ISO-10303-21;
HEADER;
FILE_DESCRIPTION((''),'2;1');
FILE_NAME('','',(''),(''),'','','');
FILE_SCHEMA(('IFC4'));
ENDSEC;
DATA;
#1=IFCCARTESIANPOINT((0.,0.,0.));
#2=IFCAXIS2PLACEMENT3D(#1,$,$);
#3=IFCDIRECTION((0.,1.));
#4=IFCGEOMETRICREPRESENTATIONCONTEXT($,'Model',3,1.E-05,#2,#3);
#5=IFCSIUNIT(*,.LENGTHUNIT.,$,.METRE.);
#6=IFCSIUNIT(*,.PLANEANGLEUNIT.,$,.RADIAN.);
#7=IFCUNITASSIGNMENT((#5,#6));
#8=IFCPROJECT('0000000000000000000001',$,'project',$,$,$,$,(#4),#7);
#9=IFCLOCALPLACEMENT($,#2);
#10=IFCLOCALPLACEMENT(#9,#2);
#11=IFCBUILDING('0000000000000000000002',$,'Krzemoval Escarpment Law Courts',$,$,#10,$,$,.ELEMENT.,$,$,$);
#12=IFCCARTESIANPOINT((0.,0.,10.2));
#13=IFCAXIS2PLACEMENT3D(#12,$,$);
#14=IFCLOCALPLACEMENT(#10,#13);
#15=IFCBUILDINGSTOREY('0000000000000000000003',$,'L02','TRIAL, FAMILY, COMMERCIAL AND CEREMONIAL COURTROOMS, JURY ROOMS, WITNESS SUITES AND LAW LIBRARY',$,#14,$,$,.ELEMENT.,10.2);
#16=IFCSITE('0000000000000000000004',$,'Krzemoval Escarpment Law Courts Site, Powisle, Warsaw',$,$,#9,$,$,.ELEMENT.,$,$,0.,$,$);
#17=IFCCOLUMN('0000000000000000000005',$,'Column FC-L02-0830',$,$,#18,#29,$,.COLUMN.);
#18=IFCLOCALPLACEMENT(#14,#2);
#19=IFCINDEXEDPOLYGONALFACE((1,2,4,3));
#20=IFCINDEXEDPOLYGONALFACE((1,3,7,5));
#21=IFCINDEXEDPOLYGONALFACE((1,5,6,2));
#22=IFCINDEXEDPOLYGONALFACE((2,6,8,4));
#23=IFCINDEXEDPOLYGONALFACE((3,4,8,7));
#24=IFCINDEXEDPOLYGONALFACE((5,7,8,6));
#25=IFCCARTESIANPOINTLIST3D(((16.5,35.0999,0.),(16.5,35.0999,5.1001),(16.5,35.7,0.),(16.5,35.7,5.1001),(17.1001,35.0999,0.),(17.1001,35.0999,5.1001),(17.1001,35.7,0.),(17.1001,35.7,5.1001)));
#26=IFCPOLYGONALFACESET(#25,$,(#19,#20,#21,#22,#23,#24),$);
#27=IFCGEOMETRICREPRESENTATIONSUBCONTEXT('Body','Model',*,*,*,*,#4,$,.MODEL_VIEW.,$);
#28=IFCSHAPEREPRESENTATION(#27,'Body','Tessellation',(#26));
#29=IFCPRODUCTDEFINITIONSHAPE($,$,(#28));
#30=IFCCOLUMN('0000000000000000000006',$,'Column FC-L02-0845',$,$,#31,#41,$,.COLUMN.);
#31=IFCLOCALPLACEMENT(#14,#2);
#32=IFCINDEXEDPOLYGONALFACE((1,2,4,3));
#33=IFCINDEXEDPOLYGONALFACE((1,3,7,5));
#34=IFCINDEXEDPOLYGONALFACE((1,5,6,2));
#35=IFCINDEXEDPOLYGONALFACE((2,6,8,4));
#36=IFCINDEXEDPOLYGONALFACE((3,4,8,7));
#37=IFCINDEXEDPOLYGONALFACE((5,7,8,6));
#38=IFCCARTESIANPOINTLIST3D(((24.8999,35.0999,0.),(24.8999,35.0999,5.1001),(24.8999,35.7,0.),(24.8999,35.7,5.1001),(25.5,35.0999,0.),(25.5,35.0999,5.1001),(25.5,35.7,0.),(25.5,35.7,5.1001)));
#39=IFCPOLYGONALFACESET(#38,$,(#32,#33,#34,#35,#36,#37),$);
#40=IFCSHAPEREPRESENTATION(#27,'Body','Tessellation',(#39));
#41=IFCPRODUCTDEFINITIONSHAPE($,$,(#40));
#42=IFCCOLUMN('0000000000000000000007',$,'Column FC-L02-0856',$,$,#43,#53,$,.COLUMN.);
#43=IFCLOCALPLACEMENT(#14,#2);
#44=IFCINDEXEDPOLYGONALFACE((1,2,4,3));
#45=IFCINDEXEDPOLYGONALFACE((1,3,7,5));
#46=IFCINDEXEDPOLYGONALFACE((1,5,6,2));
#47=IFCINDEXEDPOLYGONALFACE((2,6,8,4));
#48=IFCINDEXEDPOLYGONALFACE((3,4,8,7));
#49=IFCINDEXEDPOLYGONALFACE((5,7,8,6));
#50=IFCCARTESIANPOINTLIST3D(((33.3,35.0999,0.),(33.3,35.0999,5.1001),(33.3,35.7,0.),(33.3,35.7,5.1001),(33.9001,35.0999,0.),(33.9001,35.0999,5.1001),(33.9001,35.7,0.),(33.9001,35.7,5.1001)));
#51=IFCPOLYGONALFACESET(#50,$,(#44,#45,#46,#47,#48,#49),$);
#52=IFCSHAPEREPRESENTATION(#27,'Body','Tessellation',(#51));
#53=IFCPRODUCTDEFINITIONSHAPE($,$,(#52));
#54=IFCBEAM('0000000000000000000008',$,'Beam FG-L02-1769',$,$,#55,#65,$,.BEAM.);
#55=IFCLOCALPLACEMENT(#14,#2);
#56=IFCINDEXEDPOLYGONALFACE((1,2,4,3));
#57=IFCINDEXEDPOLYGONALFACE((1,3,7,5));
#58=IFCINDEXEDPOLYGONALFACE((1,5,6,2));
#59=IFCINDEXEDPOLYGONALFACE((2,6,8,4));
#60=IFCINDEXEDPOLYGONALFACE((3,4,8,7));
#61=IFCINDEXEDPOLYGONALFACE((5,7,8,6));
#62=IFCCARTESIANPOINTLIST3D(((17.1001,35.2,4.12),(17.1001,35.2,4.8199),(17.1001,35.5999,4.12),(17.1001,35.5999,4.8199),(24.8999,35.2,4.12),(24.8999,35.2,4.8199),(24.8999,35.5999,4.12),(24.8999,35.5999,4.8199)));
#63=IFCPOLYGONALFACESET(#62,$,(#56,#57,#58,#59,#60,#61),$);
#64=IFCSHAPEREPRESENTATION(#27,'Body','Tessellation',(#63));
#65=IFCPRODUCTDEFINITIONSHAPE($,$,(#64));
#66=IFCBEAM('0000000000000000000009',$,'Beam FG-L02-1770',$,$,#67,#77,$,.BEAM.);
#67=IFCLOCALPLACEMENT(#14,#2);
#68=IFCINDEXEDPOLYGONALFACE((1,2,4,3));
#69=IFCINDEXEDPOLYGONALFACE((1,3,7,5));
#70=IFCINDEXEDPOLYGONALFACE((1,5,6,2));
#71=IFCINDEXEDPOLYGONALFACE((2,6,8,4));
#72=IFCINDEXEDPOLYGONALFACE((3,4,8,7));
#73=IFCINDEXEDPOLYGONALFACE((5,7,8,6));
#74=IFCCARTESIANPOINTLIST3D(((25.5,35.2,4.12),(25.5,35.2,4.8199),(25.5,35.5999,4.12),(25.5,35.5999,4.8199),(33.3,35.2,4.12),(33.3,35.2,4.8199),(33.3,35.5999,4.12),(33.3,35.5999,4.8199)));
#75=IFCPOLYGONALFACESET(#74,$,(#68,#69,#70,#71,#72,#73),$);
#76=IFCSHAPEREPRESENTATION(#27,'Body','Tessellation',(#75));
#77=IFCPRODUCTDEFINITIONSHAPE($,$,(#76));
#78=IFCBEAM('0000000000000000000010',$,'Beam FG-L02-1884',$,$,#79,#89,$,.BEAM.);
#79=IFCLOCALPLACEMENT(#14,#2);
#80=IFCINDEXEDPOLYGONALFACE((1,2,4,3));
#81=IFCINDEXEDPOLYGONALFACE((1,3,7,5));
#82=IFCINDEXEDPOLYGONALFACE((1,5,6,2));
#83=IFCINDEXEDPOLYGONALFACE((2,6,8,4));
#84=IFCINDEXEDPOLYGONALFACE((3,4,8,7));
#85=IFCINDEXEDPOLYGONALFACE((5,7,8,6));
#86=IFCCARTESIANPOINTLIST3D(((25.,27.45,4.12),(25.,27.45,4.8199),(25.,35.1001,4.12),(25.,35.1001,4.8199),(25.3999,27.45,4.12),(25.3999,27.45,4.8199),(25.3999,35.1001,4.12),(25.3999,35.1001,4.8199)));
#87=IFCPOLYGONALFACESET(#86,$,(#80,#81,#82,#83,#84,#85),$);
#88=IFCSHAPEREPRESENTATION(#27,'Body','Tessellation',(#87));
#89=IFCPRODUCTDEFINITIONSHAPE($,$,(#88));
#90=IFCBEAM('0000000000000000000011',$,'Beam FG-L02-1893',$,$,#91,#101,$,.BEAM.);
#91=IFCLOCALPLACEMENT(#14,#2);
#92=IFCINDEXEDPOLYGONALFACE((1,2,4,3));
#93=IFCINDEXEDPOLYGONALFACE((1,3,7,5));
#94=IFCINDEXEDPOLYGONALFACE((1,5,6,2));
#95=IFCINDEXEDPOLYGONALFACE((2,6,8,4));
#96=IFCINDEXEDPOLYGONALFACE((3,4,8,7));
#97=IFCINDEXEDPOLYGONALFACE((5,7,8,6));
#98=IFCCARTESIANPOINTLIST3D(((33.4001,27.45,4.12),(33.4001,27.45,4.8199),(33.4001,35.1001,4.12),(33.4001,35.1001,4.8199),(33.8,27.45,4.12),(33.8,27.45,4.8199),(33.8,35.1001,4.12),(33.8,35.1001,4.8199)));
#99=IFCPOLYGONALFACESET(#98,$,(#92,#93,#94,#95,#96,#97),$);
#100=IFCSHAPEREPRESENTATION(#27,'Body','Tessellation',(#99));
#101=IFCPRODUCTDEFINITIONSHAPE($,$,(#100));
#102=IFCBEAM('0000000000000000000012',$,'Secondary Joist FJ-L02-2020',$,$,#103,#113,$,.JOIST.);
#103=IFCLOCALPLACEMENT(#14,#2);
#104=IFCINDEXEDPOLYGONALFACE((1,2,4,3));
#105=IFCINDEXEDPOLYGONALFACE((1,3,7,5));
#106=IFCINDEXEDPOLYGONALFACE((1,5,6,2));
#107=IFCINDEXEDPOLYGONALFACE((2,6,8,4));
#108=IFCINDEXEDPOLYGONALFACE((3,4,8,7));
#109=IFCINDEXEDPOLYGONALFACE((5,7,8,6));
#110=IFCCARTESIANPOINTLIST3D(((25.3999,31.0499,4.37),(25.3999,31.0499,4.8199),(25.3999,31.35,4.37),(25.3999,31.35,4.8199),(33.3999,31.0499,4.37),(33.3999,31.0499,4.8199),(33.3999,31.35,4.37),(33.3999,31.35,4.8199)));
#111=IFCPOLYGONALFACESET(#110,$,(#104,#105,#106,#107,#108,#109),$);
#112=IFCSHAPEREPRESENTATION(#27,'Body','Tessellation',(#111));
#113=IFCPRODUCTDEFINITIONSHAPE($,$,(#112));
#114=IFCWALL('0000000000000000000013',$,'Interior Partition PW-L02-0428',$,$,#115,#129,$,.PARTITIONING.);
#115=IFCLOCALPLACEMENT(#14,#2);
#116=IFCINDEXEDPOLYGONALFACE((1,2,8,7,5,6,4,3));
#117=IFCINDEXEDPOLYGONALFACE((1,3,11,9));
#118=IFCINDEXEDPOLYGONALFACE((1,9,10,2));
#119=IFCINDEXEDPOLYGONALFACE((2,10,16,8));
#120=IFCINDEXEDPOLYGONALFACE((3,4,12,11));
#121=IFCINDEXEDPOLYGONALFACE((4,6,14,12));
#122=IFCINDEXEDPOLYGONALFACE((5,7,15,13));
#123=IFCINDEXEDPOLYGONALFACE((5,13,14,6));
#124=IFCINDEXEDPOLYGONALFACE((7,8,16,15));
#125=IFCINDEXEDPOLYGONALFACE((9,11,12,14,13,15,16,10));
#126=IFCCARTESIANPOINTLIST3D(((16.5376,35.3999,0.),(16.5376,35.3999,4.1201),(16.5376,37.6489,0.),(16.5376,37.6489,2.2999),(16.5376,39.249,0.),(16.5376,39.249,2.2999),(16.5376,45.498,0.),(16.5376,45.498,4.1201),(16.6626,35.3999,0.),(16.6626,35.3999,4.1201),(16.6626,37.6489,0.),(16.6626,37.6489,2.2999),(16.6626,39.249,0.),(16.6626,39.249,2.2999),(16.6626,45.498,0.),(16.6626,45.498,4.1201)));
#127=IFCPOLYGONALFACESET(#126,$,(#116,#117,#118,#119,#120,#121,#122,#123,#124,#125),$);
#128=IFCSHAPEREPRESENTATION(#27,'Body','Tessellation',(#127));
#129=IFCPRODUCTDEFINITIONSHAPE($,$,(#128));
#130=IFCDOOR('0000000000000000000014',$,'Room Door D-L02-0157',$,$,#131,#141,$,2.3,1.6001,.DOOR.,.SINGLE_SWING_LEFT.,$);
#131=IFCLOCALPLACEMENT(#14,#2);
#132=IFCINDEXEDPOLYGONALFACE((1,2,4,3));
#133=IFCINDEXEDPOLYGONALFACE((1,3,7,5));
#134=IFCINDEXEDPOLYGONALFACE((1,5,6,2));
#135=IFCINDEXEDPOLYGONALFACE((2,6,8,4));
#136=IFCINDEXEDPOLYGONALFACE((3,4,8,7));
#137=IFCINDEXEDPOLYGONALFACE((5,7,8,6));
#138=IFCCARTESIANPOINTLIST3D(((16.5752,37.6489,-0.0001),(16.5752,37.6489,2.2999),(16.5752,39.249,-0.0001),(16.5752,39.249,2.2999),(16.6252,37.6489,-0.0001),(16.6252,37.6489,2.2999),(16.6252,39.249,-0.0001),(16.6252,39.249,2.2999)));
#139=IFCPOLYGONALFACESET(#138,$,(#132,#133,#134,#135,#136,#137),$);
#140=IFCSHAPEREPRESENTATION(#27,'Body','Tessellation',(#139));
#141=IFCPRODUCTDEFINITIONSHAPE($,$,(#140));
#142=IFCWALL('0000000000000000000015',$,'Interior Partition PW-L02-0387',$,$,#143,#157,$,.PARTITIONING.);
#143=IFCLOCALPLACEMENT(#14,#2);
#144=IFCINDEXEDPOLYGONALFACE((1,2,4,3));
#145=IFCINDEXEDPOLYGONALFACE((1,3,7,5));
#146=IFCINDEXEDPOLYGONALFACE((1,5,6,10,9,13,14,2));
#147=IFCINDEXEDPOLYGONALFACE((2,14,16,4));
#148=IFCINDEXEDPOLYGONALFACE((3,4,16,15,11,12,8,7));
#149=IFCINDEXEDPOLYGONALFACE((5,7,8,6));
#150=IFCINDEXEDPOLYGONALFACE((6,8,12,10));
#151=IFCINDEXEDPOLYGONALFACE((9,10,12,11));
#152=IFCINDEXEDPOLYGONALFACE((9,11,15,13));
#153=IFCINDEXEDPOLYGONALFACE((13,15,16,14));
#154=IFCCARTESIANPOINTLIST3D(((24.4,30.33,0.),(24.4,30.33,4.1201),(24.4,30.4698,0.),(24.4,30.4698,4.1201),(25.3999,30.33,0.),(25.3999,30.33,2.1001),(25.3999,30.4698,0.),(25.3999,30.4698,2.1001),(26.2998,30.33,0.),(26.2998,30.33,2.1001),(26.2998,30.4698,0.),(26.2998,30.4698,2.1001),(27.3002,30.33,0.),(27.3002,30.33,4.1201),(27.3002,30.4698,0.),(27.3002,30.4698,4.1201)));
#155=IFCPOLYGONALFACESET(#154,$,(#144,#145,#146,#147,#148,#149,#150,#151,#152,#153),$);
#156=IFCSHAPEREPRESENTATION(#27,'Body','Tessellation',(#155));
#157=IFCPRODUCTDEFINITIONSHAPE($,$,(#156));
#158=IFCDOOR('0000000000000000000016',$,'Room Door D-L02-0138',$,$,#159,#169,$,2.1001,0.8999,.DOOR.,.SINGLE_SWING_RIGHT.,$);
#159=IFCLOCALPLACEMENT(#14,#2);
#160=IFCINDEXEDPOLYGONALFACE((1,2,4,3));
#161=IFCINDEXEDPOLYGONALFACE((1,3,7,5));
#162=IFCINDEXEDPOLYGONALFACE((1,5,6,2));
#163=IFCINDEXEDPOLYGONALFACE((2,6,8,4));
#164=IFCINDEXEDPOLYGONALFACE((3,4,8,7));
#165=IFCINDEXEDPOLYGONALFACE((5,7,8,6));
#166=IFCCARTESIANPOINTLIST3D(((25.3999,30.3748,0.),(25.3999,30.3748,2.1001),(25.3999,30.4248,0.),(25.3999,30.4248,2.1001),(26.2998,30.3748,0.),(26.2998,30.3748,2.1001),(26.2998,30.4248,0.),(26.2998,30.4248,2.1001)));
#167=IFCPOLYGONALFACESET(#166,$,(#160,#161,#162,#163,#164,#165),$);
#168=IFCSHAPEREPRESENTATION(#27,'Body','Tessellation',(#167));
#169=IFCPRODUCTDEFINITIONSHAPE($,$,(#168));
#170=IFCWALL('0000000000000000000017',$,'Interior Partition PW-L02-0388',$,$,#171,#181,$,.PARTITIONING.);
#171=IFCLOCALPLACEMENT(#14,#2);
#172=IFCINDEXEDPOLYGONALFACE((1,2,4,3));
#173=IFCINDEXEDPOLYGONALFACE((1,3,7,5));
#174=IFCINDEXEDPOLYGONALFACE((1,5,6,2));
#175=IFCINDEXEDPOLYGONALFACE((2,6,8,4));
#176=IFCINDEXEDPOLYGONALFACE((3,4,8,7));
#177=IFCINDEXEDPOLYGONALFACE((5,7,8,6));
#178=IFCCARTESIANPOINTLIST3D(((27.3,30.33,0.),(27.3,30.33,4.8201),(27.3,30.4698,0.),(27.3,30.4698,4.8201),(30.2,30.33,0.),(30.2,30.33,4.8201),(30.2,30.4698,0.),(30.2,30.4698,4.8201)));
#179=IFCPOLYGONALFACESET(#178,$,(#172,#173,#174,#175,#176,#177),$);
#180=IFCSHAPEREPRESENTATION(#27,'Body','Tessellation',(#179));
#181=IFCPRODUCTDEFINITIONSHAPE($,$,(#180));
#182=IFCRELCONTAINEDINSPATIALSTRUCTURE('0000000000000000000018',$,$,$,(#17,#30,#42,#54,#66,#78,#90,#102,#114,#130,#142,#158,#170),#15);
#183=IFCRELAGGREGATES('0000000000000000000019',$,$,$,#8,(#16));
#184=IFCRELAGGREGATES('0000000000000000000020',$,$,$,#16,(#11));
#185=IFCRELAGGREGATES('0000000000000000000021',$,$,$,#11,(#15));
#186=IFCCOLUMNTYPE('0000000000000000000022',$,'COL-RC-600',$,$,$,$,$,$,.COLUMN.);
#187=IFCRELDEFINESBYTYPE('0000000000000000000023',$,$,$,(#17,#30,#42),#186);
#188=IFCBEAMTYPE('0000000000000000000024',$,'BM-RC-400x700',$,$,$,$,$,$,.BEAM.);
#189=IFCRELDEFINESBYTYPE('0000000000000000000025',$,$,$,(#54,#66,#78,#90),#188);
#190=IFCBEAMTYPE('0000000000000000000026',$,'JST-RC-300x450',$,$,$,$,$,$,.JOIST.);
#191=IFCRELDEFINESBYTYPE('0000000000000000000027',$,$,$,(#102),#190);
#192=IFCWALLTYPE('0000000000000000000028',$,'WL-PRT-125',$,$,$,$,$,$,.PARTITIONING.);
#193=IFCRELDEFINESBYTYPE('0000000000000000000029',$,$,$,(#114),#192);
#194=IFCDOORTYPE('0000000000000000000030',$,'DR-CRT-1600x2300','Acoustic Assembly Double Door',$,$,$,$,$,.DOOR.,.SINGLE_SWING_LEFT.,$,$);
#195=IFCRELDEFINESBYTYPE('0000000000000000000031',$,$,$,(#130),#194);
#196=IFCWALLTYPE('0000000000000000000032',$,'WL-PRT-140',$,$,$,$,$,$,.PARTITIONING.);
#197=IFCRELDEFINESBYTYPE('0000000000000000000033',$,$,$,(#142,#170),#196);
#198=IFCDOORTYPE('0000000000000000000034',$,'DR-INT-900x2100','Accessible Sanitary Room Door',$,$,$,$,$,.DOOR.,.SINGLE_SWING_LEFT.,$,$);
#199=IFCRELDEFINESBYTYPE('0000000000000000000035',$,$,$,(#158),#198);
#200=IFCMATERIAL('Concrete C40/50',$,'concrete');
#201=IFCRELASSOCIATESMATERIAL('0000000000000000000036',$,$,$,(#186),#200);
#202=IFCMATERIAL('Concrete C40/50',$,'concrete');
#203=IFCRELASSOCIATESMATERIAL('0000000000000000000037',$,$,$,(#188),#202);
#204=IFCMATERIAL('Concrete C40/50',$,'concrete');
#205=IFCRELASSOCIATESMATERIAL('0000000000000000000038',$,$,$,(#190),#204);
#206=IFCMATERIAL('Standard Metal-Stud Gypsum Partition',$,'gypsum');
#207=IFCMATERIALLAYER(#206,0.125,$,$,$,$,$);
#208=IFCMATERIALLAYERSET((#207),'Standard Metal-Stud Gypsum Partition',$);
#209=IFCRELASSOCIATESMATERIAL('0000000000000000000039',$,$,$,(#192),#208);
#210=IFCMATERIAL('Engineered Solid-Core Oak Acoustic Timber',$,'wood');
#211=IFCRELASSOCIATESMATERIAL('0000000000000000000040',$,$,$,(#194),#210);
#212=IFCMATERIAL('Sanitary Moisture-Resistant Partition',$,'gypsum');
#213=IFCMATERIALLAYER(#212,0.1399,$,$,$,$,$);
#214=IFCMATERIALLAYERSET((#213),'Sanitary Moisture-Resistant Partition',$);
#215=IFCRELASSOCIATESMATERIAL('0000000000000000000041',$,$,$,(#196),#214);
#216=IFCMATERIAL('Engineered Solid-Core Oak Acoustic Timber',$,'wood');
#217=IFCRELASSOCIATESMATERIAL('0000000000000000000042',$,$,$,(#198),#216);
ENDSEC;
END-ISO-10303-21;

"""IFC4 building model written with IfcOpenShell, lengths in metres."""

from ifc_helpers import new_model, si_unit, direction, frame, frame_2d, origin, origin_2d, place, context, subcontext, project, spatial, rectangle, extrude, material, layer, layer_set, material_profile, profile_set, type_object, element, fill, save


model = new_model("IFC4")

# Units and contexts
model_context = context("Model", 3, precision=1e-05, world=origin(), true_north=direction((0.0, 1.0)))
body_context = subcontext(model_context, "Body", "Model", "MODEL_VIEW")
ifc_project = project(units=[si_unit("LENGTHUNIT", "METRE"), si_unit("PLANEANGLEUNIT", "RADIAN")], contexts=[model_context])

# Site, building, storey
site_placement = place(None, origin())
site = spatial("IfcSite", under=ifc_project, at=site_placement, Name="Krzemoval Escarpment Law Courts Site, Powisle, Warsaw", CompositionType="ELEMENT", RefElevation=0.0)
building_placement = place(site_placement, origin())
building = spatial("IfcBuilding", under=site, at=building_placement, Name="Krzemoval Escarpment Law Courts", CompositionType="ELEMENT")
storey_placement = place(building_placement, frame((0.0, 0.0, 10.2)))
storey = spatial("IfcBuildingStorey", under=building, at=storey_placement, Name="L02", Description="TRIAL, FAMILY, COMMERCIAL AND CEREMONIAL COURTROOMS, JURY ROOMS, WITNESS SUITES AND LAW LIBRARY", CompositionType="ELEMENT", Elevation=10.2)

# Columns
ifc_material_1 = material(Name="Concrete C40/50", Category="concrete")
ifc_material_profile_1 = material_profile(ifc_material_1, rectangle(XDim=0.6001, YDim=0.6001, at=origin_2d()), Name="RC 600x600")
ifc_profile_set_1 = profile_set([ifc_material_profile_1], Name="Concrete C40/50")
column_type = type_object("IfcColumnType", Name="COL-RC-600", PredefinedType="COLUMN", material=ifc_profile_set_1)
for number, where, z_axis, x_axis, name in (
    (1, (16.8, 35.3999, 0.0), (0.0, 0.0, 1.0), (1.0, 0.0, 0.0), "Column FC-L02-0830"),
    (2, (25.2, 35.3999, 0.0), (0.0, 0.0, 1.0), (1.0, 0.0, 0.0), "Column FC-L02-0845"),
    (3, (33.6001, 35.3999, 0.0), (0.0, 0.0, 1.0), (1.0, 0.0, 0.0), "Column FC-L02-0856"),
):
    element("IfcColumn", number, at=place(storey_placement, frame(where, z_axis=z_axis, x_axis=x_axis)), inside=storey, type_object=column_type, Name=name, PredefinedType="COLUMN", context=body_context, shape_type="SweptSolid", body=[
        extrude(rectangle(XDim=0.6001, YDim=0.6001, at=origin_2d()), origin(), (0.0, 0.0, 1.0), 5.1001),
    ])

# Beams
ifc_material_2 = material(Name="Concrete C40/50", Category="concrete")
ifc_material_profile_2 = material_profile(ifc_material_2, rectangle(XDim=0.3999, YDim=0.7, at=origin_2d()), Name="RCB 400x700")
ifc_profile_set_2 = profile_set([ifc_material_profile_2], Name="Concrete C40/50")
beam_type_1 = type_object("IfcBeamType", Name="BM-RC-400x700", PredefinedType="BEAM", material=ifc_profile_set_2)
beam_1_placement = place(storey_placement, frame((17.1001, 35.3999, 4.47), z_axis=(1.0, 0.0, 0.0), x_axis=(0.0, 1.0, 0.0)))
element("IfcBeam", 4, at=beam_1_placement, inside=storey, type_object=beam_type_1, Name="Beam FG-L02-1769", PredefinedType="BEAM", context=body_context, shape_type="SweptSolid", body=[
    extrude(rectangle(XDim=0.3999, YDim=0.7, at=origin_2d()), origin(), (0.0, 0.0, 1.0), 7.7998),
])
beam_2_placement = place(storey_placement, frame((25.5, 35.3999, 4.47), z_axis=(1.0, 0.0, 0.0), x_axis=(0.0, 1.0, 0.0)))
element("IfcBeam", 5, at=beam_2_placement, inside=storey, type_object=beam_type_1, Name="Beam FG-L02-1770", PredefinedType="BEAM", context=body_context, shape_type="SweptSolid", body=[
    extrude(rectangle(XDim=0.3999, YDim=0.7, at=origin_2d()), origin(), (0.0, 0.0, 1.0), 7.8),
])
for number, where, z_axis, x_axis, name in (
    (6, (25.2, 27.45, 4.47), (0.0, 1.0, 0.0), (-1.0, 0.0, 0.0), "Beam FG-L02-1884"),
    (7, (33.6001, 27.45, 4.47), (0.0, 1.0, 0.0), (-1.0, 0.0, 0.0), "Beam FG-L02-1893"),
):
    element("IfcBeam", number, at=place(storey_placement, frame(where, z_axis=z_axis, x_axis=x_axis)), inside=storey, type_object=beam_type_1, Name=name, PredefinedType="BEAM", context=body_context, shape_type="SweptSolid", body=[
        extrude(rectangle(XDim=0.3999, YDim=0.7, at=origin_2d()), origin(), (0.0, 0.0, 1.0), 7.6501),
    ])
ifc_material_3 = material(Name="Concrete C40/50", Category="concrete")
ifc_material_profile_3 = material_profile(ifc_material_3, rectangle(XDim=0.3, YDim=0.45, at=origin_2d()), Name="RCB 300x450")
ifc_profile_set_3 = profile_set([ifc_material_profile_3], Name="Concrete C40/50")
beam_type_2 = type_object("IfcBeamType", Name="JST-RC-300x450", PredefinedType="JOIST", material=ifc_profile_set_3)
beam_3_placement = place(storey_placement, frame((25.3999, 31.2, 4.595), z_axis=(1.0, 0.0, 0.0), x_axis=(0.0, 1.0, 0.0)))
element("IfcBeam", 8, at=beam_3_placement, inside=storey, type_object=beam_type_2, Name="Secondary Joist FJ-L02-2020", PredefinedType="JOIST", context=body_context, shape_type="SweptSolid", body=[
    extrude(rectangle(XDim=0.3, YDim=0.45, at=origin_2d()), origin(), (0.0, 0.0, 1.0), 8.0),
])

# Walls, openings, doors
ifc_material_4 = material(Name="Standard Metal-Stud Gypsum Partition", Category="gypsum")
ifc_layer_1 = layer(ifc_material_4, 0.125)
ifc_layer_set_1 = layer_set([ifc_layer_1], Name="Standard Metal-Stud Gypsum Partition")
wall_type_1 = type_object("IfcWallType", Name="WL-PRT-125", PredefinedType="PARTITIONING", material=ifc_layer_set_1)
wall_1_placement = place(storey_placement, frame((16.6001, 35.3999, 0.0), z_axis=(0.0, 0.0, 1.0), x_axis=(0.0, 1.0, 0.0)))
wall_1 = element("IfcWall", 9, at=wall_1_placement, inside=storey, type_object=wall_type_1, Name="Interior Partition PW-L02-0428", PredefinedType="PARTITIONING", context=body_context, shape_type="SweptSolid", body=[
    extrude(rectangle(XDim=10.0981, YDim=0.125, at=frame_2d((5.0491, 0.0))), origin(), (0.0, 0.0, 1.0), 4.1201),
])
opening_1_placement = place(wall_1_placement, frame((2.249, 0.0, 0.0)))
opening_1 = element("IfcOpeningElement", 10, at=opening_1_placement, cuts=wall_1, PredefinedType="OPENING", context=body_context, shape_type="SweptSolid", body=[
    extrude(rectangle(XDim=1.6001, YDim=2.3, at=frame_2d((0.8, 1.1499))), frame((0.0, 0.0775, 0.0), z_axis=(0.0, -1.0, 0.0), x_axis=(1.0, 0.0, 0.0)), (0.0, 0.0, 1.0), 0.155),
])
ifc_material_5 = material(Name="Engineered Solid-Core Oak Acoustic Timber", Category="wood")
door_type_1 = type_object("IfcDoorType", Name="DR-CRT-1600x2300", Description="Acoustic Assembly Double Door", OperationType="SINGLE_SWING_LEFT", PredefinedType="DOOR", material=ifc_material_5)
door_1_placement = place(opening_1_placement, origin())
door_1 = element("IfcDoor", 11, at=door_1_placement, inside=storey, type_object=door_type_1, Name="Room Door D-L02-0157", OperationType="SINGLE_SWING_LEFT", OverallHeight=2.3, OverallWidth=1.6001, PredefinedType="DOOR", context=body_context, shape_type="SweptSolid", body=[
    extrude(rectangle(XDim=1.6001, YDim=2.3, at=frame_2d((0.8, 1.1499))), frame((0.0, 0.0249, 0.0), z_axis=(0.0, -1.0, 0.0), x_axis=(1.0, 0.0, 0.0)), (0.0, 0.0, 1.0), 0.05),
])
fill(opening_1, door_1)
ifc_material_6 = material(Name="Sanitary Moisture-Resistant Partition", Category="gypsum")
ifc_layer_2 = layer(ifc_material_6, 0.1399)
ifc_layer_set_2 = layer_set([ifc_layer_2], Name="Sanitary Moisture-Resistant Partition")
wall_type_2 = type_object("IfcWallType", Name="WL-PRT-140", PredefinedType="PARTITIONING", material=ifc_layer_set_2)
wall_2_placement = place(storey_placement, frame((24.3999, 30.3999, 0.0), z_axis=(0.0, 0.0, 1.0), x_axis=(1.0, 0.0, 0.0)))
wall_2 = element("IfcWall", 12, at=wall_2_placement, inside=storey, type_object=wall_type_2, Name="Interior Partition PW-L02-0387", PredefinedType="PARTITIONING", context=body_context, shape_type="SweptSolid", body=[
    extrude(rectangle(XDim=2.9001, YDim=0.1399, at=frame_2d((1.4502, 0.0))), origin(), (0.0, 0.0, 1.0), 4.1201),
])
opening_2_placement = place(wall_2_placement, frame((1.0, 0.0, 0.0)))
opening_2 = element("IfcOpeningElement", 13, at=opening_2_placement, cuts=wall_2, PredefinedType="OPENING", context=body_context, shape_type="SweptSolid", body=[
    extrude(rectangle(XDim=0.8999, YDim=2.1001, at=frame_2d((0.45, 1.05))), frame((0.0, 0.0849, 0.0), z_axis=(0.0, -1.0, 0.0), x_axis=(1.0, 0.0, 0.0)), (0.0, 0.0, 1.0), 0.1699),
])
ifc_material_7 = material(Name="Engineered Solid-Core Oak Acoustic Timber", Category="wood")
door_type_2 = type_object("IfcDoorType", Name="DR-INT-900x2100", Description="Accessible Sanitary Room Door", OperationType="SINGLE_SWING_LEFT", PredefinedType="DOOR", material=ifc_material_7)
door_2_placement = place(opening_2_placement, origin())
door_2 = element("IfcDoor", 14, at=door_2_placement, inside=storey, type_object=door_type_2, Name="Room Door D-L02-0138", OperationType="SINGLE_SWING_RIGHT", OverallHeight=2.1001, OverallWidth=0.8999, PredefinedType="DOOR", context=body_context, shape_type="SweptSolid", body=[
    extrude(rectangle(XDim=0.8999, YDim=2.1001, at=frame_2d((0.45, 1.05))), frame((0.0, 0.0249, 0.0), z_axis=(0.0, -1.0, 0.0), x_axis=(1.0, 0.0, 0.0)), (0.0, 0.0, 1.0), 0.05),
])
fill(opening_2, door_2)

# Wall
wall_3_placement = place(storey_placement, frame((27.3, 30.3999, 0.0), z_axis=(0.0, 0.0, 1.0), x_axis=(1.0, 0.0, 0.0)))
element("IfcWall", 15, at=wall_3_placement, inside=storey, type_object=wall_type_2, Name="Interior Partition PW-L02-0388", PredefinedType="PARTITIONING", context=body_context, shape_type="SweptSolid", body=[
    extrude(rectangle(XDim=2.8999, YDim=0.1399, at=frame_2d((1.45, 0.0))), origin(), (0.0, 0.0, 1.0), 4.8201),
])

save(model, "model.ifc")
